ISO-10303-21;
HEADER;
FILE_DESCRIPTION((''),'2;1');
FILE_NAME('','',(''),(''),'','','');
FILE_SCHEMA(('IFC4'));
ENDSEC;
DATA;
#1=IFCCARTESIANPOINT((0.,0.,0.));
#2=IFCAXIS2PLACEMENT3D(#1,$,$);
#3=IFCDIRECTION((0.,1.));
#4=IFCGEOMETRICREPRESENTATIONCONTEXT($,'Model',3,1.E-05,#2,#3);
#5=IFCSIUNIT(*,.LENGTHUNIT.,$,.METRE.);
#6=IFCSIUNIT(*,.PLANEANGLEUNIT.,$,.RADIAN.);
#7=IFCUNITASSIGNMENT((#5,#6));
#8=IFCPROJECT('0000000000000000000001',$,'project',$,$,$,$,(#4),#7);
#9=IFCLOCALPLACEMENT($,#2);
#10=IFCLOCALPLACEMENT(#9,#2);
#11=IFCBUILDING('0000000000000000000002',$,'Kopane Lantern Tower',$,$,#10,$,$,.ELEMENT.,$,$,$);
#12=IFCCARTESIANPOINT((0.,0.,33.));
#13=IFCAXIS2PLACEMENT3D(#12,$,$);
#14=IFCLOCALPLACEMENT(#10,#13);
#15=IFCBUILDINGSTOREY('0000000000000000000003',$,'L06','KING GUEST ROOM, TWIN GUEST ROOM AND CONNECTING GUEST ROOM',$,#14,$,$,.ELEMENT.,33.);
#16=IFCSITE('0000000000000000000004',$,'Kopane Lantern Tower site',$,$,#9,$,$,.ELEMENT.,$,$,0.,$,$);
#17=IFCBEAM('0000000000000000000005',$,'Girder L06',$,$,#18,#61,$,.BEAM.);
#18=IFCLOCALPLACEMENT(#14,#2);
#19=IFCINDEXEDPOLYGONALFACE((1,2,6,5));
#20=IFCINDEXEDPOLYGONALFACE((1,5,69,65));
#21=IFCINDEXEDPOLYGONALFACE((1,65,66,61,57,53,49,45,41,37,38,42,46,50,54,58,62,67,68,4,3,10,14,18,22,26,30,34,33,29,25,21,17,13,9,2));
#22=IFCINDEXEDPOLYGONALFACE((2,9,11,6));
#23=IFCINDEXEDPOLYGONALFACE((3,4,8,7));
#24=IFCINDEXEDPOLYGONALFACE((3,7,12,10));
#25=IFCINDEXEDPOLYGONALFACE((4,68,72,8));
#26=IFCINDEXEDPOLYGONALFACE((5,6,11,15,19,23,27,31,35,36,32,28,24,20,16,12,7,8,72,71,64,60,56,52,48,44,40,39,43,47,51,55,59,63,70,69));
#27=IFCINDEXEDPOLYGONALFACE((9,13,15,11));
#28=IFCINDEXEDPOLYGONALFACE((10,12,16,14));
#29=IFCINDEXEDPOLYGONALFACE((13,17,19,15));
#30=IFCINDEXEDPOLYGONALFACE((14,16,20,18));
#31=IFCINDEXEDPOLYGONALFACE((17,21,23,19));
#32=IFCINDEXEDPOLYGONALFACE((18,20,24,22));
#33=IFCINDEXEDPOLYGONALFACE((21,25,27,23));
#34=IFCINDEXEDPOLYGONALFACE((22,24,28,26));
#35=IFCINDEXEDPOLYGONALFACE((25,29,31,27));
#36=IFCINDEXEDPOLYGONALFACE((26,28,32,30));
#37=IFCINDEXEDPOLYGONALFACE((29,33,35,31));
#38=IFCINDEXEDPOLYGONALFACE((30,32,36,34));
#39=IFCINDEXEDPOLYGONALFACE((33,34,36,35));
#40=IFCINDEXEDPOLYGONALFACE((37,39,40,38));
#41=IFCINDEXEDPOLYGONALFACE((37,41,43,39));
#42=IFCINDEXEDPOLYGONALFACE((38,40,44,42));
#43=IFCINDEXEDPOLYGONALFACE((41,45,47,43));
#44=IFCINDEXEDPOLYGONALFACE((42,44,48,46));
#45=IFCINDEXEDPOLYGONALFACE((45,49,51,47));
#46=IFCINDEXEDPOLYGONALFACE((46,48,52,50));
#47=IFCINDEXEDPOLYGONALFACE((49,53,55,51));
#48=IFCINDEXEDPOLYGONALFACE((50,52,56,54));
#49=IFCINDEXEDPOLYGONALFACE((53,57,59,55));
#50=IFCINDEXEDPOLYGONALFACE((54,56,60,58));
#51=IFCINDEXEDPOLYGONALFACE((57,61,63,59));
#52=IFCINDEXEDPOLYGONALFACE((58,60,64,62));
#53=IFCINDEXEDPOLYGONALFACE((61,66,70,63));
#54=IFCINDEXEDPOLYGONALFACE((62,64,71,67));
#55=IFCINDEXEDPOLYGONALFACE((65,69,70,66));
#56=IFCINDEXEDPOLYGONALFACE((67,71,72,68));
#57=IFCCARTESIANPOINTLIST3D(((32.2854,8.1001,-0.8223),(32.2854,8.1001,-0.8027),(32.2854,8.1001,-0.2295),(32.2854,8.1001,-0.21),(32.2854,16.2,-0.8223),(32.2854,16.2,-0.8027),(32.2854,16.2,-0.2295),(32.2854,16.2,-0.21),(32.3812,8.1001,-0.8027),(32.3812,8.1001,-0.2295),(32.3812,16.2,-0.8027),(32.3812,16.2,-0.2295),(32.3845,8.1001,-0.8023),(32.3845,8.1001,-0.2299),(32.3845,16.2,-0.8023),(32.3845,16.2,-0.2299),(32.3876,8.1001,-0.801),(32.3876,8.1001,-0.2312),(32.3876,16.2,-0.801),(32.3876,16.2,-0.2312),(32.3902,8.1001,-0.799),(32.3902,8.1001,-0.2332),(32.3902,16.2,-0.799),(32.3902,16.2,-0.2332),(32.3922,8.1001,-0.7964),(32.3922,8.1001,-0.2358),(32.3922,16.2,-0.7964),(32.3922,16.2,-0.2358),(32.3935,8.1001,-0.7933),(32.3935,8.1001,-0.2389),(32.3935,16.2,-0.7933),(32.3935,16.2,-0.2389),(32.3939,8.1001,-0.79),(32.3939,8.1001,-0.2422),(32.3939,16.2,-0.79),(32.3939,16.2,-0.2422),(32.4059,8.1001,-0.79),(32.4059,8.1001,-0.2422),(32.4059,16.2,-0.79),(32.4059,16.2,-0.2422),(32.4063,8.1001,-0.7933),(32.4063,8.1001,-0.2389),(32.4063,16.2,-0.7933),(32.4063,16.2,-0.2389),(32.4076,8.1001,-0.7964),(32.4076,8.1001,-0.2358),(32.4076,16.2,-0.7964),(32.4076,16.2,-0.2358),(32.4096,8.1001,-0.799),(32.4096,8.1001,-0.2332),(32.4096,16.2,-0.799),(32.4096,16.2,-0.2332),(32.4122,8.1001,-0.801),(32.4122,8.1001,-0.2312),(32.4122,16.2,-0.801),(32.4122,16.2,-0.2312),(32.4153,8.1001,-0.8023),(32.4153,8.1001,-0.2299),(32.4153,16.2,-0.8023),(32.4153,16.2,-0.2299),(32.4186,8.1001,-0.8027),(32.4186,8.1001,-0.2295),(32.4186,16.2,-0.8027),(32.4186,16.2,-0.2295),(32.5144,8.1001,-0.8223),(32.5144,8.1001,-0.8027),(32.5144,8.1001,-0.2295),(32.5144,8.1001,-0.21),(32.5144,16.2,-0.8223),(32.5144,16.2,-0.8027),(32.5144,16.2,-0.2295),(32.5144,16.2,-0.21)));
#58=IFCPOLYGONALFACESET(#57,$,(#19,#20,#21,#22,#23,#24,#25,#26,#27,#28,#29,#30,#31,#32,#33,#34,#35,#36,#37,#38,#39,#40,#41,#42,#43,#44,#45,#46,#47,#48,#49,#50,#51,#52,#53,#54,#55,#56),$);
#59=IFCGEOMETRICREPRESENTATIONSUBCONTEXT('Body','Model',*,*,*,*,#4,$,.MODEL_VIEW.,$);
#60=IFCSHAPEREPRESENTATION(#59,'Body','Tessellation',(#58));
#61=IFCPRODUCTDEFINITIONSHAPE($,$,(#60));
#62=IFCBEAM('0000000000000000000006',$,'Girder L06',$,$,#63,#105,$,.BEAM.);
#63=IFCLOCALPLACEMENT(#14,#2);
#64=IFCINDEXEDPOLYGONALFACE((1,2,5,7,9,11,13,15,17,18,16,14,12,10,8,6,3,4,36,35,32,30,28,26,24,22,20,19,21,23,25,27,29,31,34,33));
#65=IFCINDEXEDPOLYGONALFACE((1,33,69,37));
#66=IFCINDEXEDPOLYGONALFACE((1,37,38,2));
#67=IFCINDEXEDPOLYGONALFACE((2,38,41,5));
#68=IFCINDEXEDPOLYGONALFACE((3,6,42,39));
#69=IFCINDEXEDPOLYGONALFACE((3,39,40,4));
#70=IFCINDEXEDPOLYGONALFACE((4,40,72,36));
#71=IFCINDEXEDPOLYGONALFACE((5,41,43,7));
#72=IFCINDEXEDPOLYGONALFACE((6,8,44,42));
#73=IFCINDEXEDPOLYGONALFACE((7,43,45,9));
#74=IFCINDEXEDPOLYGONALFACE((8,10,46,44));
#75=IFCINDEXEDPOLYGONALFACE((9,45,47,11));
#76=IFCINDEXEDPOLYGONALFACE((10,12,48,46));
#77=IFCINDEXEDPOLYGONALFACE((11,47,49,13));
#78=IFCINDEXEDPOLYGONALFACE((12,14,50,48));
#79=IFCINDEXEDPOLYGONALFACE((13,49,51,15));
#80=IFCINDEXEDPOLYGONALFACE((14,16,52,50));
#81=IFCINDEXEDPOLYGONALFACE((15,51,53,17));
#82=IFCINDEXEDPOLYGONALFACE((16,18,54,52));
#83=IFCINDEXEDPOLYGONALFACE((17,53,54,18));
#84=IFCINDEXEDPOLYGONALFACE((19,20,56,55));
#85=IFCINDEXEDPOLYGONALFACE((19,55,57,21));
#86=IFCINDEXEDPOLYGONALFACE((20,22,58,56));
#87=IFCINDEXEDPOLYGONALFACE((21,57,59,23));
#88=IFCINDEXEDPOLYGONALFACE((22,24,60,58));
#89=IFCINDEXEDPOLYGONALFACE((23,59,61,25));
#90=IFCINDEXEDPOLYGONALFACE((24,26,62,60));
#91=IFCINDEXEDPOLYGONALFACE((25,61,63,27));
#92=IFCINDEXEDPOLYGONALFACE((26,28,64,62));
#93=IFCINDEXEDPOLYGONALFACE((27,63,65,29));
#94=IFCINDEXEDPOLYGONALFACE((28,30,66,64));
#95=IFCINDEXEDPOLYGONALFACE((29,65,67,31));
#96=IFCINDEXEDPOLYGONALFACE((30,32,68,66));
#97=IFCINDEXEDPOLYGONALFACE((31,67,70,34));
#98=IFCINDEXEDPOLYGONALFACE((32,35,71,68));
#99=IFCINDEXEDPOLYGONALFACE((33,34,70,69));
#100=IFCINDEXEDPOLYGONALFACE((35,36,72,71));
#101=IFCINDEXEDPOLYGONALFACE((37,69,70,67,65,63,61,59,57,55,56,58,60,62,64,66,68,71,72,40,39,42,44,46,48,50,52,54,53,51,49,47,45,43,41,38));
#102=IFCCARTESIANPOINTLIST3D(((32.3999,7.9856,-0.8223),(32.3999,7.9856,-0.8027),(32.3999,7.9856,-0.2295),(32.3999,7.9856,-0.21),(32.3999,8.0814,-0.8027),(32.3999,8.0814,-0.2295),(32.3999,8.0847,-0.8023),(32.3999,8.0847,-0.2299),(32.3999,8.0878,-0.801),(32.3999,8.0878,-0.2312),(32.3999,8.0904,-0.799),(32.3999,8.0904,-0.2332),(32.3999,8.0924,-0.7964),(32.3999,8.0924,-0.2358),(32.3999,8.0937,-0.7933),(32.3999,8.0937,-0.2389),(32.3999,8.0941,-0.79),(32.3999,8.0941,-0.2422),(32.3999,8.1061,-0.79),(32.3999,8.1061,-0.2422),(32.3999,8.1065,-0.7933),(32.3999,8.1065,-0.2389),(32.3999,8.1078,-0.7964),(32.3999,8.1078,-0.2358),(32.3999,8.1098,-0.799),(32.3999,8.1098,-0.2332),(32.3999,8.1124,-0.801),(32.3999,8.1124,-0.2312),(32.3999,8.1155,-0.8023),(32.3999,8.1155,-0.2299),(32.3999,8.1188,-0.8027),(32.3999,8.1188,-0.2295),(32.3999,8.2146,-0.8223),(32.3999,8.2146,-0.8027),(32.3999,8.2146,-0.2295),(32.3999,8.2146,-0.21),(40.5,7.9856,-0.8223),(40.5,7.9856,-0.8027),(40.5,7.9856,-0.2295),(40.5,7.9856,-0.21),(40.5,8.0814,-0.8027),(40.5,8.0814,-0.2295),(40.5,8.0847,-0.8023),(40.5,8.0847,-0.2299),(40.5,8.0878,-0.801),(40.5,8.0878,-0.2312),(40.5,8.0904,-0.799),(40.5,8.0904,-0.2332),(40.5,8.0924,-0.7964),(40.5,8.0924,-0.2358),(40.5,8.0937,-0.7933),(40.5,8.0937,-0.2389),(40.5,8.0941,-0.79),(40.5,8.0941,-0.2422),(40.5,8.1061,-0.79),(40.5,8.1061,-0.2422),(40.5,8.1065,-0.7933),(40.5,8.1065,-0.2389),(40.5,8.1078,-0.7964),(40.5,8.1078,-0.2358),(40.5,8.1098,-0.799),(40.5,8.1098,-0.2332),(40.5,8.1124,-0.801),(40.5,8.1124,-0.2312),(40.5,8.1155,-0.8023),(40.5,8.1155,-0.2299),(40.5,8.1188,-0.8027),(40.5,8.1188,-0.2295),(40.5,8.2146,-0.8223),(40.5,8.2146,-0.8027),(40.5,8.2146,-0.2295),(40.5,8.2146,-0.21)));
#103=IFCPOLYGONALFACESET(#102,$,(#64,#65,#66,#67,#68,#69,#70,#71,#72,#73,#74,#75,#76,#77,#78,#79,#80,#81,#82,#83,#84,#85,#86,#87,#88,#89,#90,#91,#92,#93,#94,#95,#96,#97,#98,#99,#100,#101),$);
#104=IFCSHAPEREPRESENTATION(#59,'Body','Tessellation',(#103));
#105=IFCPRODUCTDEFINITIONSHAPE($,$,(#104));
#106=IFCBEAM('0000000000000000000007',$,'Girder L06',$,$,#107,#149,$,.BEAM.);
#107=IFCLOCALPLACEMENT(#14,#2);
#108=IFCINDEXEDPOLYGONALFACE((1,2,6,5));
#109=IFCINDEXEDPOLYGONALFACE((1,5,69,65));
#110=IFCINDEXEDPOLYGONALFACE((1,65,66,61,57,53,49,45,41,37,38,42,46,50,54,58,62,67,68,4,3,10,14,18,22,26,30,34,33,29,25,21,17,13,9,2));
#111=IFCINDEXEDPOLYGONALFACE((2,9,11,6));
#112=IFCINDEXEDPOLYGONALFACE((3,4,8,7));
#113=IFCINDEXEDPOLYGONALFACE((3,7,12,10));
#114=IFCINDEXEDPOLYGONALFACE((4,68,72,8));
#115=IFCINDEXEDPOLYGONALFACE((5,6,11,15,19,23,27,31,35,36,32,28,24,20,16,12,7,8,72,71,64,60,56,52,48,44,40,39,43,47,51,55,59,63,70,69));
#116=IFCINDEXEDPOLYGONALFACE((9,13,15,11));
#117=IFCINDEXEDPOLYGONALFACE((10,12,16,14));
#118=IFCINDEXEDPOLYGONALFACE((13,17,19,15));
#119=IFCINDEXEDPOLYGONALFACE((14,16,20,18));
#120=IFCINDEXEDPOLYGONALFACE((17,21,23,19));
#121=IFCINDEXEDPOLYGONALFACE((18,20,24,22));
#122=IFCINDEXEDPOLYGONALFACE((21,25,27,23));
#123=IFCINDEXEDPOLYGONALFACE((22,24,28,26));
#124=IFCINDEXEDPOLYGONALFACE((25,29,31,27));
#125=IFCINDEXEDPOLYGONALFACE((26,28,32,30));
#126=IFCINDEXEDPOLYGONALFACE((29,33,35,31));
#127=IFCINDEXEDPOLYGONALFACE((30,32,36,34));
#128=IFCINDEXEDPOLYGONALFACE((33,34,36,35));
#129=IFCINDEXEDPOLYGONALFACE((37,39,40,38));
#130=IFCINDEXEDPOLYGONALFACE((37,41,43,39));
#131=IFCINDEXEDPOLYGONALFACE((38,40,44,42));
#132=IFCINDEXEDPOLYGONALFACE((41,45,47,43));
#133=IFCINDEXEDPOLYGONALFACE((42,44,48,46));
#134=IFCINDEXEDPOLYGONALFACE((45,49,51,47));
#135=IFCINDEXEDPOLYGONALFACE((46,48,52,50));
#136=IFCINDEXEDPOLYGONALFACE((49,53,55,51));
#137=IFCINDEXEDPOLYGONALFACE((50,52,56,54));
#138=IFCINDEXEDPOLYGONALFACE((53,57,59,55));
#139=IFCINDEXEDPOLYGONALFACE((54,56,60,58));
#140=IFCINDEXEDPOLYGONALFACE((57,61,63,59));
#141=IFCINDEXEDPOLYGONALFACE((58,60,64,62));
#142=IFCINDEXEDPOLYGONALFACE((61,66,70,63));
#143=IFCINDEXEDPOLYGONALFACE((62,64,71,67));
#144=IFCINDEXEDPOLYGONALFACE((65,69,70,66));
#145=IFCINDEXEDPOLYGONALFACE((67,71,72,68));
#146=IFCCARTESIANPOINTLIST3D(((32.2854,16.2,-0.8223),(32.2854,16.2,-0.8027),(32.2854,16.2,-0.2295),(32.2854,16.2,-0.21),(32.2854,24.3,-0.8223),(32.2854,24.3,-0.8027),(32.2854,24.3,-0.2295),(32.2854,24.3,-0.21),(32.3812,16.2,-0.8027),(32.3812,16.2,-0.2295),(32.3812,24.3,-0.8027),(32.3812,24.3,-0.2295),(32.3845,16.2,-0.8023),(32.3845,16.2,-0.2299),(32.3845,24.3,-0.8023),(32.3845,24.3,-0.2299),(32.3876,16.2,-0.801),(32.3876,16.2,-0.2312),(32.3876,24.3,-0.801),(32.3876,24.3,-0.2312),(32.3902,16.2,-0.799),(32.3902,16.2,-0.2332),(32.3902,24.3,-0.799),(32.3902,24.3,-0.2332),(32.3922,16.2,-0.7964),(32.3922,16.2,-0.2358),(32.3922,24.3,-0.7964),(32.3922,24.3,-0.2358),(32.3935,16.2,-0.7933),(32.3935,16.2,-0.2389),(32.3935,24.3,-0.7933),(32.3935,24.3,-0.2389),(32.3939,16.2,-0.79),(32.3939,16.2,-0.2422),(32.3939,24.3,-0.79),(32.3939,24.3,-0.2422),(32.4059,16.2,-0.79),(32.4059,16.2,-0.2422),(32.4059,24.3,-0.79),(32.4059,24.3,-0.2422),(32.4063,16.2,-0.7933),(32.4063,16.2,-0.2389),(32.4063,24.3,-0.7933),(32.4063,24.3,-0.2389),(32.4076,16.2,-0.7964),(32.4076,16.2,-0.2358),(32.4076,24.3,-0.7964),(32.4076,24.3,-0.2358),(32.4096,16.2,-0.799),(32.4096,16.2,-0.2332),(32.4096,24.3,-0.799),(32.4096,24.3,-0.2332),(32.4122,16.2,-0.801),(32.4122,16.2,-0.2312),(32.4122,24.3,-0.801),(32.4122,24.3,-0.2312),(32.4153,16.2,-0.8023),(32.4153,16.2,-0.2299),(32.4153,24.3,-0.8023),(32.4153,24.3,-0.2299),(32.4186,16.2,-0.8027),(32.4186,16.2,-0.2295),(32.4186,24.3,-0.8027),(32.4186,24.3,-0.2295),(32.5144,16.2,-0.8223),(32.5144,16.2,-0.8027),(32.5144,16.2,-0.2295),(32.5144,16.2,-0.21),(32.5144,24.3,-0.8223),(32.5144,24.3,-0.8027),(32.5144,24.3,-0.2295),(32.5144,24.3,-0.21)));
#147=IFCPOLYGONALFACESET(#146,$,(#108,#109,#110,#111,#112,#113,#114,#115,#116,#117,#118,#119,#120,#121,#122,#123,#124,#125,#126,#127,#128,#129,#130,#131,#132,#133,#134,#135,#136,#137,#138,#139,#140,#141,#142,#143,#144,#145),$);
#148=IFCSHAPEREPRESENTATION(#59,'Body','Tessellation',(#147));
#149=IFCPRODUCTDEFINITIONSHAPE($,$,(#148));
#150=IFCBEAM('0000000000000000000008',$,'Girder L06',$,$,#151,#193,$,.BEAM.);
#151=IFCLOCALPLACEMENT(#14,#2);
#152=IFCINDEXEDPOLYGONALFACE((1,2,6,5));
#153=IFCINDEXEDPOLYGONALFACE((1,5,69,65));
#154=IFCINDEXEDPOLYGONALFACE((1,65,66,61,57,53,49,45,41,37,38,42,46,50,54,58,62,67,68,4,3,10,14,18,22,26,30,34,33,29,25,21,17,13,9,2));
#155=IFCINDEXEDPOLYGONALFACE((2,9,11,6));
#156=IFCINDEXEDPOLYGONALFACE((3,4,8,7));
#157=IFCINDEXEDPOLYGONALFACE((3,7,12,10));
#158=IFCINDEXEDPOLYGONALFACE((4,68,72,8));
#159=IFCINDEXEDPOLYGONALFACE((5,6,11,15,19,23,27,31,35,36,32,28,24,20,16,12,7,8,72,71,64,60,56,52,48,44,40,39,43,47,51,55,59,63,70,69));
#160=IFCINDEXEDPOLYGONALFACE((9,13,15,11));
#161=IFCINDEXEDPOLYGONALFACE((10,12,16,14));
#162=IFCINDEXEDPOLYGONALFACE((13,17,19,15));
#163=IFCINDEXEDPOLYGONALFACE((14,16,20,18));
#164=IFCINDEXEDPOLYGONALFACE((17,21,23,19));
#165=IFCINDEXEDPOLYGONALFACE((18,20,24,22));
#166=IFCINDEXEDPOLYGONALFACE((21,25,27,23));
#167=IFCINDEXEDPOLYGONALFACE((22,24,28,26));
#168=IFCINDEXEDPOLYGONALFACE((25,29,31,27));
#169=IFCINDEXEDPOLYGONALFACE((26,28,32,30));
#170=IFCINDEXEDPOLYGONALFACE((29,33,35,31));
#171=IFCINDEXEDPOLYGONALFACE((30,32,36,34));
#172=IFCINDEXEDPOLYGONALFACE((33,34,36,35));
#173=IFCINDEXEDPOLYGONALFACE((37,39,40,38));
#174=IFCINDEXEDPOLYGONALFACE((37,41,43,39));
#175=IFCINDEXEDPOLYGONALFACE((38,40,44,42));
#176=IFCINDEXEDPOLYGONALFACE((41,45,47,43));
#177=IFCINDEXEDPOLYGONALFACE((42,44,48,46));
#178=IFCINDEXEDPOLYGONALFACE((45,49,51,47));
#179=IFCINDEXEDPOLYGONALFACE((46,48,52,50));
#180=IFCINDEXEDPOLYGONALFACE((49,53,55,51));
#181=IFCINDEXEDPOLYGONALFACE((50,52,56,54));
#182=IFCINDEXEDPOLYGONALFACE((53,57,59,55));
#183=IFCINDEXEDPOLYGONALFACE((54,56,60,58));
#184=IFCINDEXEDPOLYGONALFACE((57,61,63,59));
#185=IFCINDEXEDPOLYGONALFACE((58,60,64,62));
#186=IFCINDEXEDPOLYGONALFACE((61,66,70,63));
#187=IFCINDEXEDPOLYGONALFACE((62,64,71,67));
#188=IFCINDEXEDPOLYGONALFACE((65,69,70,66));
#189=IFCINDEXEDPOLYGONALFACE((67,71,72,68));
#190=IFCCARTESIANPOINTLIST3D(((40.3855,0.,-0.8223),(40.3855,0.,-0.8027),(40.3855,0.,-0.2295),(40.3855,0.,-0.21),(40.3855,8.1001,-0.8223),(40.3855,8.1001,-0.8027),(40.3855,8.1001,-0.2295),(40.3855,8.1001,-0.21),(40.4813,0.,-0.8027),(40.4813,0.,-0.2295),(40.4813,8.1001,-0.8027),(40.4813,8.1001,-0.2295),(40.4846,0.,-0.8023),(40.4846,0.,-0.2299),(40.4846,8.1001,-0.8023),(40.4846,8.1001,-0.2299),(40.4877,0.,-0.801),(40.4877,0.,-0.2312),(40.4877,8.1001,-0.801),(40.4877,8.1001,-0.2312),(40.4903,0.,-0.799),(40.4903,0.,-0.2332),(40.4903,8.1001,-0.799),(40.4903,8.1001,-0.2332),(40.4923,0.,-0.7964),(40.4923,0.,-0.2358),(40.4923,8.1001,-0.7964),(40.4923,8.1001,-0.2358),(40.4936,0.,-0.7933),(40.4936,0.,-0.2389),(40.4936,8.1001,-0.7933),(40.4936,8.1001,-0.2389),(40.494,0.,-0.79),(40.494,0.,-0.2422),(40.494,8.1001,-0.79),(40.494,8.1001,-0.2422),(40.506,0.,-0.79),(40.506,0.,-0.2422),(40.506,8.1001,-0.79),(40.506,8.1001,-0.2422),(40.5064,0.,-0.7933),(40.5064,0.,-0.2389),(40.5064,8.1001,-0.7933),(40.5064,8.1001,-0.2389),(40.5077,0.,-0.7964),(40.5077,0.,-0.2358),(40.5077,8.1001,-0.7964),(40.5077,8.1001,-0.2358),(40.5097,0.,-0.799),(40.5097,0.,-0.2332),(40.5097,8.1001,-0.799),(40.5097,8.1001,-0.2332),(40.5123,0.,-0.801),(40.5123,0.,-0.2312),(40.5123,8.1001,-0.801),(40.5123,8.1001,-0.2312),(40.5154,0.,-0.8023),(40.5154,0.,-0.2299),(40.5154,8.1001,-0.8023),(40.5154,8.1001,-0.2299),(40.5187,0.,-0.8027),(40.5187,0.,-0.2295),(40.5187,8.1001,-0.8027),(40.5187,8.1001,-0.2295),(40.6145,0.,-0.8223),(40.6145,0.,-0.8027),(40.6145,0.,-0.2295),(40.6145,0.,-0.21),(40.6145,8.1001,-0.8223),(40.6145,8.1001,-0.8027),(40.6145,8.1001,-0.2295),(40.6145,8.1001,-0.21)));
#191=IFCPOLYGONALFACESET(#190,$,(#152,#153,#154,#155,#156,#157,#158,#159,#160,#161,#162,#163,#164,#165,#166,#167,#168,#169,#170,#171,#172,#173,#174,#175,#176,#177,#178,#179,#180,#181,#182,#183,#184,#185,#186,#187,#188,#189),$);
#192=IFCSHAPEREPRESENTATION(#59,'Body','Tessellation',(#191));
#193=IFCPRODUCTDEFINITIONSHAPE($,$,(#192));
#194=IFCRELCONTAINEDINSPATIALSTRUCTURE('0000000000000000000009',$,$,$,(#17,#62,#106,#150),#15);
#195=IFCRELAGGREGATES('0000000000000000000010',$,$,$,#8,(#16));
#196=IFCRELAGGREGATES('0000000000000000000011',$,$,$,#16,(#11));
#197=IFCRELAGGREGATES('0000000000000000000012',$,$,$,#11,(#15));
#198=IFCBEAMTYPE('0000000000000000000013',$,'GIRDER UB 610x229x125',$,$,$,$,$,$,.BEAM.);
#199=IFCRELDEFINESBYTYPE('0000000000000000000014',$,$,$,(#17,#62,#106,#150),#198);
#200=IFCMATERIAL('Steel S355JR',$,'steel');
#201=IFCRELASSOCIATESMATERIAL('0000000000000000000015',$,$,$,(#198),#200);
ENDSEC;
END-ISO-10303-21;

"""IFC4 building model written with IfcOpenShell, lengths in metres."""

from ifc_helpers import new_model, si_unit, direction, frame, origin, origin_2d, place, context, subcontext, project, spatial, i_section, extrude, material, material_profile, profile_set, type_object, element, save


model = new_model("IFC4")

# Units and contexts
model_context = context("Model", 3, precision=1e-05, world=origin(), true_north=direction((0.0, 1.0)))
body_context = subcontext(model_context, "Body", "Model", "MODEL_VIEW")
ifc_project = project(units=[si_unit("LENGTHUNIT", "METRE"), si_unit("PLANEANGLEUNIT", "RADIAN")], contexts=[model_context])

# Site, building, storey
site_placement = place(None, origin())
site = spatial("IfcSite", under=ifc_project, at=site_placement, Name="Kopane Lantern Tower site", CompositionType="ELEMENT", RefElevation=0.0)
building_placement = place(site_placement, origin())
building = spatial("IfcBuilding", under=site, at=building_placement, Name="Kopane Lantern Tower", CompositionType="ELEMENT")
storey_placement = place(building_placement, frame((0.0, 0.0, 33.0)))
storey = spatial("IfcBuildingStorey", under=building, at=storey_placement, Name="L06", Description="KING GUEST ROOM, TWIN GUEST ROOM AND CONNECTING GUEST ROOM", CompositionType="ELEMENT", Elevation=33.0)

# Beams
ifc_material_1 = material(Name="Steel S355JR", Category="steel")
ifc_material_profile_1 = material_profile(ifc_material_1, i_section(OverallWidth=0.229, OverallDepth=0.6123, WebThickness=0.012, FlangeThickness=0.0195, FilletRadius=0.0127, at=origin_2d()), Name="UB 610x229x125")
ifc_profile_set_1 = profile_set([ifc_material_profile_1], Name="Steel S355JR")
beam_type = type_object("IfcBeamType", Name="GIRDER UB 610x229x125", PredefinedType="BEAM", material=ifc_profile_set_1)
beam_1_placement = place(storey_placement, frame((32.3999, 8.1001, -0.5161), z_axis=(0.0, 1.0, 0.0), x_axis=(-1.0, 0.0, 0.0)))
element("IfcBeam", 1, at=beam_1_placement, inside=storey, type_object=beam_type, Name="Girder L06", PredefinedType="BEAM", context=body_context, shape_type="SweptSolid", body=[
    extrude(i_section(OverallWidth=0.229, OverallDepth=0.6123, WebThickness=0.012, FlangeThickness=0.0195, FilletRadius=0.0127, at=origin_2d()), origin(), (0.0, 0.0, 1.0), 8.0999),
])
for number, where, z_axis, x_axis, name in (
    (2, (32.3999, 8.1001, -0.5161), (1.0, 0.0, 0.0), (0.0, 1.0, 0.0), "Girder L06"),
    (3, (32.3999, 16.2, -0.5161), (0.0, 1.0, 0.0), (-1.0, 0.0, 0.0), "Girder L06"),
    (4, (40.5, 0.0, -0.5161), (0.0, 1.0, 0.0), (-1.0, 0.0, 0.0), "Girder L06"),
):
    element("IfcBeam", number, at=place(storey_placement, frame(where, z_axis=z_axis, x_axis=x_axis)), inside=storey, type_object=beam_type, Name=name, PredefinedType="BEAM", context=body_context, shape_type="SweptSolid", body=[
        extrude(i_section(OverallWidth=0.229, OverallDepth=0.6123, WebThickness=0.012, FlangeThickness=0.0195, FilletRadius=0.0127, at=origin_2d()), origin(), (0.0, 0.0, 1.0), 8.1001),
    ])

save(model, "model.ifc")
